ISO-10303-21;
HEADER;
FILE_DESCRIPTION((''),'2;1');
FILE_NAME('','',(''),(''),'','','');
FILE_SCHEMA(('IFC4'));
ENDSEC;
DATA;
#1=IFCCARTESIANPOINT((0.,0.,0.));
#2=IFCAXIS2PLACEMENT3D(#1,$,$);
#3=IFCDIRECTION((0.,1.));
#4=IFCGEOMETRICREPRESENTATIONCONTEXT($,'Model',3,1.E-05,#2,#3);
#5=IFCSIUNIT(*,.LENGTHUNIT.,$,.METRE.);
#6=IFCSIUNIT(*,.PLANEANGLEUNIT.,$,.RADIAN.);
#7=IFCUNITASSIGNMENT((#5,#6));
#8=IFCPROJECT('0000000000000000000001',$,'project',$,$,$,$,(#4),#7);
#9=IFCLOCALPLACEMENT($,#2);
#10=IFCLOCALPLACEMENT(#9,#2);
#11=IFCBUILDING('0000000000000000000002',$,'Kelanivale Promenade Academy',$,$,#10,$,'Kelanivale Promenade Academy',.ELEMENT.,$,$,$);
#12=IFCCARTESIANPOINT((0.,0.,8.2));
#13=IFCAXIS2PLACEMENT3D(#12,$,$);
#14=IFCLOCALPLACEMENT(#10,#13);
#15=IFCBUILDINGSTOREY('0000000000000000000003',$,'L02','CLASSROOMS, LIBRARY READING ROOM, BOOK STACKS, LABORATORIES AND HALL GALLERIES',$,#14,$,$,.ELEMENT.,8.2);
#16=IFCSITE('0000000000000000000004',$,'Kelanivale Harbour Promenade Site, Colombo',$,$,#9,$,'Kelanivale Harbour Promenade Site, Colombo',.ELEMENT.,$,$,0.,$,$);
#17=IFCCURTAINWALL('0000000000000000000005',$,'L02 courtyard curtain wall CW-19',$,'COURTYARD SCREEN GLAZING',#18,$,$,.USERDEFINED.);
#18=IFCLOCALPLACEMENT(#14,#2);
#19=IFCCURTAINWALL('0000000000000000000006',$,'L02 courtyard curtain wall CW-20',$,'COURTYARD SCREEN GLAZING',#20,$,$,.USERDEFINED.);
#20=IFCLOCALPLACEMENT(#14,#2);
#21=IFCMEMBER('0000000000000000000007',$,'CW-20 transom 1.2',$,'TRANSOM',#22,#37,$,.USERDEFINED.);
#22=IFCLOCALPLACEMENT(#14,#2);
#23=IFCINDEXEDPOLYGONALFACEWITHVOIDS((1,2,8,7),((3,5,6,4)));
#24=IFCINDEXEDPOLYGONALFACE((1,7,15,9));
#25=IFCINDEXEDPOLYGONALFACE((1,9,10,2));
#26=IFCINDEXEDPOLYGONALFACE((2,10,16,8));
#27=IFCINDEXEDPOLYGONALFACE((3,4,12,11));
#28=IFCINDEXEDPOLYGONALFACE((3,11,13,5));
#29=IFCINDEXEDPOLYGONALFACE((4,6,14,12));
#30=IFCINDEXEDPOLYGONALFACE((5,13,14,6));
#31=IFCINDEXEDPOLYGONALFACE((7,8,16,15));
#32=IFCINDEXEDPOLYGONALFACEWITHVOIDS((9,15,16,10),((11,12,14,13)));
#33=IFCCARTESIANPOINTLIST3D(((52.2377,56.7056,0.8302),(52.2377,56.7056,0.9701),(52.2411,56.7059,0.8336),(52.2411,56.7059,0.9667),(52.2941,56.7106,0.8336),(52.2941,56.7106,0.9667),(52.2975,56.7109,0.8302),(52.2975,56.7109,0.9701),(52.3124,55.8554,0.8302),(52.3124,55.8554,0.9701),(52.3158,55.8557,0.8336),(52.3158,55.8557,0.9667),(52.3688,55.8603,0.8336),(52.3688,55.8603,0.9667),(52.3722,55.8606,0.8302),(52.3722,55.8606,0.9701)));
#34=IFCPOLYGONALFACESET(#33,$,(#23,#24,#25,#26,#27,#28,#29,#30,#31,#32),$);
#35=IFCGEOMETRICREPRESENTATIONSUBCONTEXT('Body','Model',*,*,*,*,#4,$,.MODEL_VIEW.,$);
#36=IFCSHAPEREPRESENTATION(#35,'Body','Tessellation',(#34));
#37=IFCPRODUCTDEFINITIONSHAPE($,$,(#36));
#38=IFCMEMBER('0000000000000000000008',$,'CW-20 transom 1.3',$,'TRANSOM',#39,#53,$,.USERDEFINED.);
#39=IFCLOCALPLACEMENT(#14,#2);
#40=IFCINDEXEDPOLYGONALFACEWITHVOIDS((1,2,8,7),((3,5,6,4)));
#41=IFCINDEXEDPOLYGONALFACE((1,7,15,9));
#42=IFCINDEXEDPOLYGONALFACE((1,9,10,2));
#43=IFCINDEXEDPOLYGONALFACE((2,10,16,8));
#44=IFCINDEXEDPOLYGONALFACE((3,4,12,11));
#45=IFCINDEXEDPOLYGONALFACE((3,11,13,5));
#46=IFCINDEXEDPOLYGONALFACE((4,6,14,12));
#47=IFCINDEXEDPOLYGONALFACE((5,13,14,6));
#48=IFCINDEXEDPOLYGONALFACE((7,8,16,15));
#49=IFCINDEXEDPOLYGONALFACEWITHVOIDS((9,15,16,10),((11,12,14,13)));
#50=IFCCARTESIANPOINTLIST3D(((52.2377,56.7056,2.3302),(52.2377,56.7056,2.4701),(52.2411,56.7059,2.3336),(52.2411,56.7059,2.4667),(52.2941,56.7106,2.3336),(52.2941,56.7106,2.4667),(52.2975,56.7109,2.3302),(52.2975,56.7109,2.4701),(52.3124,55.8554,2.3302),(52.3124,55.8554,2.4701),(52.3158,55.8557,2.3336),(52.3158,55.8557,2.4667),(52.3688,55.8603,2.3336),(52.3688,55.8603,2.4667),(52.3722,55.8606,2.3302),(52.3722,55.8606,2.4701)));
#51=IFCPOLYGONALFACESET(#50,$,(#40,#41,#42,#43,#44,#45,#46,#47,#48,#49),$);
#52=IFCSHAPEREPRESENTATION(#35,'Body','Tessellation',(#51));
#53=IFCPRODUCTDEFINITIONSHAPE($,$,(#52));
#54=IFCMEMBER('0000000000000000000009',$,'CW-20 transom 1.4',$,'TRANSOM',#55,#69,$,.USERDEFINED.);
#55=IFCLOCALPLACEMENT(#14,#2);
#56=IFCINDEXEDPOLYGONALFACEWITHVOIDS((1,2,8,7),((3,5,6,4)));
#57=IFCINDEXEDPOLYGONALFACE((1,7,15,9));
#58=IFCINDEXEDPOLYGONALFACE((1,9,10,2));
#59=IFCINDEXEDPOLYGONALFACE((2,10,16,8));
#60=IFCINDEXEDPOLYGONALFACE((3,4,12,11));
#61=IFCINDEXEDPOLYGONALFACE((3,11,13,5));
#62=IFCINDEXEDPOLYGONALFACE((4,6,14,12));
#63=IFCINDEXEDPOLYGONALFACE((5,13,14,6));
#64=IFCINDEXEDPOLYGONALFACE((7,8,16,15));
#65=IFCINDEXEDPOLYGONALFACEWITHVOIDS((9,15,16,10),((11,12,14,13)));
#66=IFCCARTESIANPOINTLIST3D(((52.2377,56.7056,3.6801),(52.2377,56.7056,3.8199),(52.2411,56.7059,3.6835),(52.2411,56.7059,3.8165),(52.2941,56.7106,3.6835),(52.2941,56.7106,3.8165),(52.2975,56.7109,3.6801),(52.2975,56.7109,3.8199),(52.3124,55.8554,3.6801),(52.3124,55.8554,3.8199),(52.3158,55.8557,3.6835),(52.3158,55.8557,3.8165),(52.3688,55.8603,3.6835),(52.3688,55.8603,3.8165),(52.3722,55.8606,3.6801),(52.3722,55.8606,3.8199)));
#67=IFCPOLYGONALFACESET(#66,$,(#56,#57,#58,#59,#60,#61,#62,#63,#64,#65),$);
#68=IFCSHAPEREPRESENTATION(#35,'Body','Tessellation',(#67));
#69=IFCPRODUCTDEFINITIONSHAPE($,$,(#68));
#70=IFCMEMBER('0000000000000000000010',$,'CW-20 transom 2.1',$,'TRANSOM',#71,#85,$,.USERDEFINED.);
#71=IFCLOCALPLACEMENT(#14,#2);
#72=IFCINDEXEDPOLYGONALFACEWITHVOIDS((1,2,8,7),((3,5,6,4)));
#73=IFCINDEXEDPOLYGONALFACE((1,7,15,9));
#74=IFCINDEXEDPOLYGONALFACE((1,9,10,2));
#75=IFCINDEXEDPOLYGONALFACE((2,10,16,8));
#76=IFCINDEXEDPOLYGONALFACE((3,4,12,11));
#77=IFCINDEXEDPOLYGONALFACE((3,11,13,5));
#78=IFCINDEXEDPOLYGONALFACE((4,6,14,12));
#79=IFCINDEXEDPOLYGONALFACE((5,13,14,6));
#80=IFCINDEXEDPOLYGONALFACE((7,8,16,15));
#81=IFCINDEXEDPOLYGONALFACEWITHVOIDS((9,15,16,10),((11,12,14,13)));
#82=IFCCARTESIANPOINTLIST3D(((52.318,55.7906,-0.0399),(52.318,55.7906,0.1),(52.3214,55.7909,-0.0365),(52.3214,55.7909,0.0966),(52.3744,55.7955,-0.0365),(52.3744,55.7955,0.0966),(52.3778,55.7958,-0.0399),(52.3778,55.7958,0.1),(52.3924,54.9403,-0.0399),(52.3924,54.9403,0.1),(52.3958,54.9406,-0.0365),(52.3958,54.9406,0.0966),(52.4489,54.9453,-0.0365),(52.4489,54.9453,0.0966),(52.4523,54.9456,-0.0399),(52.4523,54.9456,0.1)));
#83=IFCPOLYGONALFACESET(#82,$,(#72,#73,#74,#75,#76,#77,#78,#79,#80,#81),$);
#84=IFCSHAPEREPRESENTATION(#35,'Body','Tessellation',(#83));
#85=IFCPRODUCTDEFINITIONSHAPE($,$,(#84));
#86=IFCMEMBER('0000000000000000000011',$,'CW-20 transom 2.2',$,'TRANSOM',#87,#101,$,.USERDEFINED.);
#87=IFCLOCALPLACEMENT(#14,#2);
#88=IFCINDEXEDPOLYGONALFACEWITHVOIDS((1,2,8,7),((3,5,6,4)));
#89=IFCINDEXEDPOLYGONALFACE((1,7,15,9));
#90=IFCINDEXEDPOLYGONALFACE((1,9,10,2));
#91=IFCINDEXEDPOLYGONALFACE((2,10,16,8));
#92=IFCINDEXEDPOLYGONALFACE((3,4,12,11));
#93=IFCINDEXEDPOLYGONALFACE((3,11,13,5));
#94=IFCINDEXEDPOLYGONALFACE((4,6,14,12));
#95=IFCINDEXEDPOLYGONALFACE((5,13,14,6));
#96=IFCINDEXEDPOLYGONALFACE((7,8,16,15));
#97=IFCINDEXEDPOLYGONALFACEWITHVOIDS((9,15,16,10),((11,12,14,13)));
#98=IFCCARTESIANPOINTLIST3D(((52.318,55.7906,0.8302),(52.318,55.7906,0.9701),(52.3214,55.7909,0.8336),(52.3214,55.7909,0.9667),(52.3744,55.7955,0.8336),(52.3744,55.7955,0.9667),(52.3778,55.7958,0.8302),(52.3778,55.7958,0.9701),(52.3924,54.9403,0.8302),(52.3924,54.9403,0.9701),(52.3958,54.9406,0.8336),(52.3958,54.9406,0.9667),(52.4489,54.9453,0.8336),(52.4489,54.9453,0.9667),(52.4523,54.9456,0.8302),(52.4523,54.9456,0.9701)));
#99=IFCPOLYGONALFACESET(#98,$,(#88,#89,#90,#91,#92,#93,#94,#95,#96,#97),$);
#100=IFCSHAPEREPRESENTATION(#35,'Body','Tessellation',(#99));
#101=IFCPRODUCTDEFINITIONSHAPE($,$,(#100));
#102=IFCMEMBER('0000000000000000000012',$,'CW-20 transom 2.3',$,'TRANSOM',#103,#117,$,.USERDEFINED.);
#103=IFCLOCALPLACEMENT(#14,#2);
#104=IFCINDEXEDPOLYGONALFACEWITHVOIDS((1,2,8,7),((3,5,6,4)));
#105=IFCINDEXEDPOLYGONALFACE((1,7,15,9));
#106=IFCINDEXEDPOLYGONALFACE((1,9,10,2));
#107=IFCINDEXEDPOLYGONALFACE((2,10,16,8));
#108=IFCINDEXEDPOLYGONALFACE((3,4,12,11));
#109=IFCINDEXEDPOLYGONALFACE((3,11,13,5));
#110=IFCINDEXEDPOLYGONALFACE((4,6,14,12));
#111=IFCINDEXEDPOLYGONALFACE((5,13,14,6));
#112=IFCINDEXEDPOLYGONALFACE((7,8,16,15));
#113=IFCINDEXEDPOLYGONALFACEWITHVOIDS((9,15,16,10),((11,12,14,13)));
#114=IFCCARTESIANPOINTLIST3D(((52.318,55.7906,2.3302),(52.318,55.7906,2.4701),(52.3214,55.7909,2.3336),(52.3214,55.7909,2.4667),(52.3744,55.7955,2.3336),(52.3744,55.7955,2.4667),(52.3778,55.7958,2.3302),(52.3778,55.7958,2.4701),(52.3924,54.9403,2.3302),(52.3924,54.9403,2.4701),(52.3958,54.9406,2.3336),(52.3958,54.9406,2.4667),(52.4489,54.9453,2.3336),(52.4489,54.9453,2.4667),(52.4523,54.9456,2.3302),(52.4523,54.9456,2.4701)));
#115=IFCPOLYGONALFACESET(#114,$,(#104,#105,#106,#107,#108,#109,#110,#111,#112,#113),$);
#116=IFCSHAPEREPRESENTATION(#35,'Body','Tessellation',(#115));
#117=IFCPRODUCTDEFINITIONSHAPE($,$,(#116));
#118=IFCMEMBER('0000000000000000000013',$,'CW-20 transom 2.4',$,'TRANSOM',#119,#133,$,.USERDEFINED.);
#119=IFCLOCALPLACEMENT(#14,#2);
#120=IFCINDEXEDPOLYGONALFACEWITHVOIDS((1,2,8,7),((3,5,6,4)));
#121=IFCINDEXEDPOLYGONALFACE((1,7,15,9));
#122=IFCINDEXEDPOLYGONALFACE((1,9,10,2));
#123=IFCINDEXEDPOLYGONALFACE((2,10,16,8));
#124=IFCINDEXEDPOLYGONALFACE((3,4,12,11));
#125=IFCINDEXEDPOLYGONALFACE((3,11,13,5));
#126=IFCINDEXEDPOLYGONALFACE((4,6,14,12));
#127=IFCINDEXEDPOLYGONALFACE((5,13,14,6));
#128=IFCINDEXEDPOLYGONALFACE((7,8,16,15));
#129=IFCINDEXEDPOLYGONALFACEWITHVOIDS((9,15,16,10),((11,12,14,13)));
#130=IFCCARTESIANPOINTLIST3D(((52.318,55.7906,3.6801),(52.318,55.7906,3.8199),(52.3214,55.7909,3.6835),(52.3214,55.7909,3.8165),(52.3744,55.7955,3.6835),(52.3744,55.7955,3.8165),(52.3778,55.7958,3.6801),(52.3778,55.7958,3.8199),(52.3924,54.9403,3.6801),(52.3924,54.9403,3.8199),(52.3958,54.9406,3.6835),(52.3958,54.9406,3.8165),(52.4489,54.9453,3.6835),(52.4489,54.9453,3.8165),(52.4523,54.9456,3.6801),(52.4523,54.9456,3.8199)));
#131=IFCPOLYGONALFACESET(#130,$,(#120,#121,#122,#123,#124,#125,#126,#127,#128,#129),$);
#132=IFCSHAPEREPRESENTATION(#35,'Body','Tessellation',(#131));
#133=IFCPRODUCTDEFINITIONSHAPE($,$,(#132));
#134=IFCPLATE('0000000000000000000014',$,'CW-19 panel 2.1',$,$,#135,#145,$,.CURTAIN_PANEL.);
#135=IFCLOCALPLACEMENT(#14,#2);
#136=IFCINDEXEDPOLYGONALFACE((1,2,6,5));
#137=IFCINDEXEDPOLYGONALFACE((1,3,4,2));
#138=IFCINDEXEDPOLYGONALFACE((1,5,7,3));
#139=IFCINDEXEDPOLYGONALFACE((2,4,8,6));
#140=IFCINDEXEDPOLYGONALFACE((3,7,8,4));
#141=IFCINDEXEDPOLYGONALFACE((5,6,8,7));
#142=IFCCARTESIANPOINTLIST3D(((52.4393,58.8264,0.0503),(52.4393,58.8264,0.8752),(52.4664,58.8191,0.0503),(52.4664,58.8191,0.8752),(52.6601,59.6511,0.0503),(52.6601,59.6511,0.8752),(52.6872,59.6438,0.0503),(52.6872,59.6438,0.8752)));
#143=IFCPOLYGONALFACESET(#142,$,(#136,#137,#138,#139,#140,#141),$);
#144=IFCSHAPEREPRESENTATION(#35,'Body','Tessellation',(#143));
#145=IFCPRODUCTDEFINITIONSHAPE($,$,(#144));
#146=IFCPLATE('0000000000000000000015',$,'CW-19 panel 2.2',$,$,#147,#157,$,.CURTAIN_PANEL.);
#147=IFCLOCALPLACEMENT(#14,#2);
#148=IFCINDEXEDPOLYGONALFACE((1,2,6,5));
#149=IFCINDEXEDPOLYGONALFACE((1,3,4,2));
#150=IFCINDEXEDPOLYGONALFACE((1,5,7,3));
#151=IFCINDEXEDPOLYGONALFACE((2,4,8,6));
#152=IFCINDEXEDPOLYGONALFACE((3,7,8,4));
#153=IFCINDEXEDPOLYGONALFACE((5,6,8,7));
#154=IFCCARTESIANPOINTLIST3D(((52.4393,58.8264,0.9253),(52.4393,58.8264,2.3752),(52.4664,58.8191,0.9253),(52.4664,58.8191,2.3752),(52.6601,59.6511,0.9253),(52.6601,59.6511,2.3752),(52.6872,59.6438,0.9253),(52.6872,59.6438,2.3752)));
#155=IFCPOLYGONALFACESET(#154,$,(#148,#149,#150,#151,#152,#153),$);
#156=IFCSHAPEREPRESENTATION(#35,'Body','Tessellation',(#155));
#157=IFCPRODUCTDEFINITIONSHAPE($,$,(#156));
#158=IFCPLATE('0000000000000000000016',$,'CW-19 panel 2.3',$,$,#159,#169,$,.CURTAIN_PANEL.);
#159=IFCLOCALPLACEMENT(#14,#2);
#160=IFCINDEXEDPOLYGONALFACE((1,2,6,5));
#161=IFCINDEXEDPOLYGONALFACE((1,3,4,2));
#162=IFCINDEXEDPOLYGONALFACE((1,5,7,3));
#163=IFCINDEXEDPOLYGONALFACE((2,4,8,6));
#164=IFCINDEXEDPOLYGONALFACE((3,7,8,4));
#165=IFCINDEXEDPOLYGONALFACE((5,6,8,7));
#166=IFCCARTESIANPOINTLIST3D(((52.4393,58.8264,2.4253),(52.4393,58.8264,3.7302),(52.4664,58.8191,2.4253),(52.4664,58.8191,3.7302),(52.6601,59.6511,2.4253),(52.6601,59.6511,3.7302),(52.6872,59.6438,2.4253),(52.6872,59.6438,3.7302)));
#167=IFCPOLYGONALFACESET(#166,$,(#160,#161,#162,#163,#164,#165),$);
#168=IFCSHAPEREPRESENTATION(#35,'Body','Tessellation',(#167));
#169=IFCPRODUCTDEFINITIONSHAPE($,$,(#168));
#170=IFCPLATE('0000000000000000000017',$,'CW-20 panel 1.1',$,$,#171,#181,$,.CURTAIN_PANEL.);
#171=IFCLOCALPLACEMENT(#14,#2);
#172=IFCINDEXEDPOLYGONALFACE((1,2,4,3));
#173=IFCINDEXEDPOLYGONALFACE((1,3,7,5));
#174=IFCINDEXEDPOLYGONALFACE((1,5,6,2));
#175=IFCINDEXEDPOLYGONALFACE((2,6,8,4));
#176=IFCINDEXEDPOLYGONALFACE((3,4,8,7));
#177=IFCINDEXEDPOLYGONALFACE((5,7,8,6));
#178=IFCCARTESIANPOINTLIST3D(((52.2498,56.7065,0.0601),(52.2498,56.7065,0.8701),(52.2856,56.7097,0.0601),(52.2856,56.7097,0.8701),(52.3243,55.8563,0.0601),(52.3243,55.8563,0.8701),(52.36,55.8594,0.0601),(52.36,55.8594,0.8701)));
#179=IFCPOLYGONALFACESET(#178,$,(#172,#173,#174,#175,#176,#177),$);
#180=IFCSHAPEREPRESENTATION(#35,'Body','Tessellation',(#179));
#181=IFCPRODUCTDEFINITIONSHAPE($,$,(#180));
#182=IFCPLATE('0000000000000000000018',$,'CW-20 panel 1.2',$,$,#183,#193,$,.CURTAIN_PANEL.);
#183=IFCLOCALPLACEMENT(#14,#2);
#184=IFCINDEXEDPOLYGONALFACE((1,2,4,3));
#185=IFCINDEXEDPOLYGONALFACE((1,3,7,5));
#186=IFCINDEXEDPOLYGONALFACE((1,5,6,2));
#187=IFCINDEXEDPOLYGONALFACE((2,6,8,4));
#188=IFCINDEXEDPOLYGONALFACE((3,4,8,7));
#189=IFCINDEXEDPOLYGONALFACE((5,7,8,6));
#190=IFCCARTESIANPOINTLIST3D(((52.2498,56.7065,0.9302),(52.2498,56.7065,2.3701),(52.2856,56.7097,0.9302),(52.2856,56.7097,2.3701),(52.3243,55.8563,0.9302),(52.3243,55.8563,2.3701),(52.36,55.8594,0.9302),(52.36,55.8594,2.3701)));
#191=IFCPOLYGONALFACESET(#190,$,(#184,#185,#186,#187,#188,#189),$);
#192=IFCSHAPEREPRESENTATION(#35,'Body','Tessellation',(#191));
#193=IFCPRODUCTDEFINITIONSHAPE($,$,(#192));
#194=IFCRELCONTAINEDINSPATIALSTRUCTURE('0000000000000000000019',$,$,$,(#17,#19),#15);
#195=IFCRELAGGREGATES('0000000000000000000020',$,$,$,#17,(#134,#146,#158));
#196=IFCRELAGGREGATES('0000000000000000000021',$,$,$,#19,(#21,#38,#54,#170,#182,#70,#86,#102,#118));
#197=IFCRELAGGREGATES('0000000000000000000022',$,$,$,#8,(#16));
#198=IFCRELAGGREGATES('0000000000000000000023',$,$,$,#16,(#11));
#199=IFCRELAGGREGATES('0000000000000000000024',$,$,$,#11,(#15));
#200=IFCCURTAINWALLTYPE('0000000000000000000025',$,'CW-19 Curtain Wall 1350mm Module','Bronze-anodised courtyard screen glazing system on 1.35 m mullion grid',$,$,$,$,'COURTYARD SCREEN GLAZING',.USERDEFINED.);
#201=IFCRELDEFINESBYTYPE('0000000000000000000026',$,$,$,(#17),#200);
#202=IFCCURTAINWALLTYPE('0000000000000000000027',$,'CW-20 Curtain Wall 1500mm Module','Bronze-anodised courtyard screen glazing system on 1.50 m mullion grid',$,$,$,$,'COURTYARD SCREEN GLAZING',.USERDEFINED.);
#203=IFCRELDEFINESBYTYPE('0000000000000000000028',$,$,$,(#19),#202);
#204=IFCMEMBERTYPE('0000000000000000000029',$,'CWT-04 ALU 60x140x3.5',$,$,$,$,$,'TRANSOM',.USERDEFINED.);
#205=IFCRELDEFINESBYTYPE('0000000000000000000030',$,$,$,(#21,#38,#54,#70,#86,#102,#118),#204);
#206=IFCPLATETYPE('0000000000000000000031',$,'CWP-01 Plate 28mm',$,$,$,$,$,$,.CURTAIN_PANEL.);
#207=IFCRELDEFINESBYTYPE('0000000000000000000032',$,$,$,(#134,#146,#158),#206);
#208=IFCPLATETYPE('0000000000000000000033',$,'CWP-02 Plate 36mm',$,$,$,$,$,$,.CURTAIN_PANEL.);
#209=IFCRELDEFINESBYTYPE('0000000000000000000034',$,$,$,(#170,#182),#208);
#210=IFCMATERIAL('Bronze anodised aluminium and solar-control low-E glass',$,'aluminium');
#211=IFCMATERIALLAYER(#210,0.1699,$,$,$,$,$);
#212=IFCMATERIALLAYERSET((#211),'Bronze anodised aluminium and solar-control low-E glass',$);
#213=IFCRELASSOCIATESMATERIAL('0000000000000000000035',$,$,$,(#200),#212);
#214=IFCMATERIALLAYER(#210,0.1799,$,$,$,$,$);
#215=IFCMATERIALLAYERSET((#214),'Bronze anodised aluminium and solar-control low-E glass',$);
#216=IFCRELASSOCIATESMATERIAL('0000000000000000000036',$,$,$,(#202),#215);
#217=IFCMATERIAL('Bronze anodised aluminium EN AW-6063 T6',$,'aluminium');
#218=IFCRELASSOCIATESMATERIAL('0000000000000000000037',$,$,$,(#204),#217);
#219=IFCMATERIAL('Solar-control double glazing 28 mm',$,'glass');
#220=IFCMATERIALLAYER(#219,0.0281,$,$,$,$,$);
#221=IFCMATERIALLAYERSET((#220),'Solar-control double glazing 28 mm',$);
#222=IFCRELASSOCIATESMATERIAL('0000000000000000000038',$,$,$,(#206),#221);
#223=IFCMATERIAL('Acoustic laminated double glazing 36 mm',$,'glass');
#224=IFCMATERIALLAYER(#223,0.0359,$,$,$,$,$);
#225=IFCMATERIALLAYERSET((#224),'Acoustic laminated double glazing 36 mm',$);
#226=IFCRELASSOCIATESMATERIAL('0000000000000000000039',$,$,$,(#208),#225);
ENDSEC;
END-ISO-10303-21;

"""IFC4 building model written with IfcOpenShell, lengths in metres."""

from ifc_helpers import new_model, si_unit, direction, frame, origin, origin_2d, place, context, subcontext, project, spatial, rectangle, hollow_rectangle, extrude, material, layer, layer_set, material_profile, profile_set, type_object, element, aggregate, save


model = new_model("IFC4")

# Units and contexts
model_context = context("Model", 3, precision=1e-05, world=origin(), true_north=direction((0.0, 1.0)))
body_context = subcontext(model_context, "Body", "Model", "MODEL_VIEW")
ifc_project = project(units=[si_unit("LENGTHUNIT", "METRE"), si_unit("PLANEANGLEUNIT", "RADIAN")], contexts=[model_context])

# Site, building, storey
site_placement = place(None, origin())
site = spatial("IfcSite", under=ifc_project, at=site_placement, Name="Kelanivale Harbour Promenade Site, Colombo", LongName="Kelanivale Harbour Promenade Site, Colombo", CompositionType="ELEMENT", RefElevation=0.0)
building_placement = place(site_placement, origin())
building = spatial("IfcBuilding", under=site, at=building_placement, Name="Kelanivale Promenade Academy", LongName="Kelanivale Promenade Academy", CompositionType="ELEMENT")
storey_placement = place(building_placement, frame((0.0, 0.0, 8.2)))
storey = spatial("IfcBuildingStorey", under=building, at=storey_placement, Name="L02", Description="CLASSROOMS, LIBRARY READING ROOM, BOOK STACKS, LABORATORIES AND HALL GALLERIES", CompositionType="ELEMENT", Elevation=8.2)

# Curtain walls
ifc_material_1 = material(Name="Bronze anodised aluminium and solar-control low-E glass", Category="aluminium")
ifc_layer_1 = layer(ifc_material_1, 0.1699)
ifc_layer_set_1 = layer_set([ifc_layer_1], Name="Bronze anodised aluminium and solar-control low-E glass")
curtain_wall_type_1 = type_object("IfcCurtainWallType", Name="CW-19 Curtain Wall 1350mm Module", Description="Bronze-anodised courtyard screen glazing system on 1.35 m mullion grid", ElementType="COURTYARD SCREEN GLAZING", PredefinedType="USERDEFINED", material=ifc_layer_set_1)
curtain_wall_1_placement = place(storey_placement, origin())
curtain_wall_1 = element("IfcCurtainWall", 1, at=curtain_wall_1_placement, inside=storey, type_object=curtain_wall_type_1, Name="L02 courtyard curtain wall CW-19", ObjectType="COURTYARD SCREEN GLAZING", PredefinedType="USERDEFINED")
ifc_material_2 = material(Name="Bronze anodised aluminium EN AW-6063 T6", Category="aluminium")
ifc_layer_2 = layer(ifc_material_1, 0.1799)
ifc_layer_set_2 = layer_set([ifc_layer_2], Name="Bronze anodised aluminium and solar-control low-E glass")
curtain_wall_type_2 = type_object("IfcCurtainWallType", Name="CW-20 Curtain Wall 1500mm Module", Description="Bronze-anodised courtyard screen glazing system on 1.50 m mullion grid", ElementType="COURTYARD SCREEN GLAZING", PredefinedType="USERDEFINED", material=ifc_layer_set_2)
curtain_wall_2_placement = place(storey_placement, origin())
curtain_wall_2 = element("IfcCurtainWall", 2, at=curtain_wall_2_placement, inside=storey, type_object=curtain_wall_type_2, Name="L02 courtyard curtain wall CW-20", ObjectType="COURTYARD SCREEN GLAZING", PredefinedType="USERDEFINED")

# Members
ifc_material_profile_1 = material_profile(ifc_material_2, hollow_rectangle(XDim=0.0601, YDim=0.1399, WallThickness=0.0034, at=origin_2d()), Name="ALU 60x140x3.5")
ifc_profile_set_1 = profile_set([ifc_material_profile_1], Name="Bronze anodised aluminium EN AW-6063 T6")
member_type_1 = type_object("IfcMemberType", Name="CWT-04 ALU 60x140x3.5", ElementType="TRANSOM", PredefinedType="USERDEFINED", material=ifc_profile_set_1)
member_1_placement = place(storey_placement, frame((52.2676, 56.7083, 0.9001), z_axis=(0.087518, -0.996163, 0.0), x_axis=(0.996163, 0.087518, 0.0)))
member_1 = element("IfcMember", 3, at=member_1_placement, type_object=member_type_1, Name="CW-20 transom 1.2", ObjectType="TRANSOM", PredefinedType="USERDEFINED", context=body_context, shape_type="SweptSolid", body=[
    extrude(hollow_rectangle(XDim=0.0601, YDim=0.1399, WallThickness=0.0034, at=origin_2d()), origin(), (0.0, 0.0, 1.0), 0.8535),
])
member_2_placement = place(storey_placement, frame((52.2676, 56.7083, 2.4001), z_axis=(0.087518, -0.996163, 0.0), x_axis=(0.996163, 0.087518, 0.0)))
member_2 = element("IfcMember", 4, at=member_2_placement, type_object=member_type_1, Name="CW-20 transom 1.3", ObjectType="TRANSOM", PredefinedType="USERDEFINED", context=body_context, shape_type="SweptSolid", body=[
    extrude(hollow_rectangle(XDim=0.0601, YDim=0.1399, WallThickness=0.0034, at=origin_2d()), origin(), (0.0, 0.0, 1.0), 0.8535),
])
member_3_placement = place(storey_placement, frame((52.2676, 56.7083, 3.75), z_axis=(0.087518, -0.996163, 0.0), x_axis=(0.996163, 0.087518, 0.0)))
member_3 = element("IfcMember", 5, at=member_3_placement, type_object=member_type_1, Name="CW-20 transom 1.4", ObjectType="TRANSOM", PredefinedType="USERDEFINED", context=body_context, shape_type="SweptSolid", body=[
    extrude(hollow_rectangle(XDim=0.0601, YDim=0.1399, WallThickness=0.0034, at=origin_2d()), origin(), (0.0, 0.0, 1.0), 0.8535),
])
member_4_placement = place(storey_placement, frame((52.3479, 55.7932, 0.03), z_axis=(0.087234, -0.996188, 0.0), x_axis=(0.996188, 0.087234, 0.0)))
member_4 = element("IfcMember", 6, at=member_4_placement, type_object=member_type_1, Name="CW-20 transom 2.1", ObjectType="TRANSOM", PredefinedType="USERDEFINED", context=body_context, shape_type="SweptSolid", body=[
    extrude(hollow_rectangle(XDim=0.0601, YDim=0.1399, WallThickness=0.0034, at=origin_2d()), origin(), (0.0, 0.0, 1.0), 0.8535),
])
member_5_placement = place(storey_placement, frame((52.3479, 55.7932, 0.9001), z_axis=(0.087234, -0.996188, 0.0), x_axis=(0.996188, 0.087234, 0.0)))
member_5 = element("IfcMember", 7, at=member_5_placement, type_object=member_type_1, Name="CW-20 transom 2.2", ObjectType="TRANSOM", PredefinedType="USERDEFINED", context=body_context, shape_type="SweptSolid", body=[
    extrude(hollow_rectangle(XDim=0.0601, YDim=0.1399, WallThickness=0.0034, at=origin_2d()), origin(), (0.0, 0.0, 1.0), 0.8535),
])
member_6_placement = place(storey_placement, frame((52.3479, 55.7932, 2.4001), z_axis=(0.087234, -0.996188, 0.0), x_axis=(0.996188, 0.087234, 0.0)))
member_6 = element("IfcMember", 8, at=member_6_placement, type_object=member_type_1, Name="CW-20 transom 2.3", ObjectType="TRANSOM", PredefinedType="USERDEFINED", context=body_context, shape_type="SweptSolid", body=[
    extrude(hollow_rectangle(XDim=0.0601, YDim=0.1399, WallThickness=0.0034, at=origin_2d()), origin(), (0.0, 0.0, 1.0), 0.8535),
])
member_7_placement = place(storey_placement, frame((52.3479, 55.7932, 3.75), z_axis=(0.087234, -0.996188, 0.0), x_axis=(0.996188, 0.087234, 0.0)))
member_7 = element("IfcMember", 9, at=member_7_placement, type_object=member_type_1, Name="CW-20 transom 2.4", ObjectType="TRANSOM", PredefinedType="USERDEFINED", context=body_context, shape_type="SweptSolid", body=[
    extrude(hollow_rectangle(XDim=0.0601, YDim=0.1399, WallThickness=0.0034, at=origin_2d()), origin(), (0.0, 0.0, 1.0), 0.8535),
])

# Plates
ifc_material_3 = material(Name="Solar-control double glazing 28 mm", Category="glass")
ifc_layer_3 = layer(ifc_material_3, 0.0281)
ifc_layer_set_3 = layer_set([ifc_layer_3], Name="Solar-control double glazing 28 mm")
plate_type_1 = type_object("IfcPlateType", Name="CWP-01 Plate 28mm", PredefinedType="CURTAIN_PANEL", material=ifc_layer_set_3)
plate_1_placement = place(storey_placement, frame((52.5632, 59.2351, 0.0503), z_axis=(0.0, 0.0, 1.0), x_axis=(-0.258578, -0.96599, 0.0)))
plate_1 = element("IfcPlate", 10, at=plate_1_placement, type_object=plate_type_1, Name="CW-19 panel 2.1", PredefinedType="CURTAIN_PANEL", context=body_context, shape_type="SweptSolid", body=[
    extrude(rectangle(XDim=0.8538, YDim=0.0281, at=origin_2d()), origin(), (0.0, 0.0, 1.0), 0.825),
])
plate_2_placement = place(storey_placement, frame((52.5632, 59.2351, 0.9253), z_axis=(0.0, 0.0, 1.0), x_axis=(-0.258578, -0.96599, 0.0)))
plate_2 = element("IfcPlate", 11, at=plate_2_placement, type_object=plate_type_1, Name="CW-19 panel 2.2", PredefinedType="CURTAIN_PANEL", context=body_context, shape_type="SweptSolid", body=[
    extrude(rectangle(XDim=0.8538, YDim=0.0281, at=origin_2d()), origin(), (0.0, 0.0, 1.0), 1.45),
])
plate_3_placement = place(storey_placement, frame((52.5632, 59.2351, 2.4253), z_axis=(0.0, 0.0, 1.0), x_axis=(-0.258578, -0.96599, 0.0)))
plate_3 = element("IfcPlate", 12, at=plate_3_placement, type_object=plate_type_1, Name="CW-19 panel 2.3", PredefinedType="CURTAIN_PANEL", context=body_context, shape_type="SweptSolid", body=[
    extrude(rectangle(XDim=0.8538, YDim=0.0281, at=origin_2d()), origin(), (0.0, 0.0, 1.0), 1.3049),
])
aggregate(curtain_wall_1, [plate_1, plate_2, plate_3])
ifc_material_4 = material(Name="Acoustic laminated double glazing 36 mm", Category="glass")
ifc_layer_4 = layer(ifc_material_4, 0.0359)
ifc_layer_set_4 = layer_set([ifc_layer_4], Name="Acoustic laminated double glazing 36 mm")
plate_type_2 = type_object("IfcPlateType", Name="CWP-02 Plate 36mm", PredefinedType="CURTAIN_PANEL", material=ifc_layer_set_4)
plate_4_placement = place(storey_placement, frame((52.3049, 56.283, 0.0601), z_axis=(0.0, 0.0, 1.0), x_axis=(0.087265, -0.996185, 0.0)))
plate_4 = element("IfcPlate", 13, at=plate_4_placement, type_object=plate_type_2, Name="CW-20 panel 1.1", PredefinedType="CURTAIN_PANEL", context=body_context, shape_type="SweptSolid", body=[
    extrude(rectangle(XDim=0.8535, YDim=0.0359, at=origin_2d()), origin(), (0.0, 0.0, 1.0), 0.8101),
])
plate_5_placement = place(storey_placement, frame((52.3049, 56.283, 0.9302), z_axis=(0.0, 0.0, 1.0), x_axis=(0.087265, -0.996185, 0.0)))
plate_5 = element("IfcPlate", 14, at=plate_5_placement, type_object=plate_type_2, Name="CW-20 panel 1.2", PredefinedType="CURTAIN_PANEL", context=body_context, shape_type="SweptSolid", body=[
    extrude(rectangle(XDim=0.8535, YDim=0.0359, at=origin_2d()), origin(), (0.0, 0.0, 1.0), 1.4399),
])
aggregate(curtain_wall_2, [member_1, member_2, member_3, plate_4, plate_5, member_4, member_5, member_6, member_7])

save(model, "model.ifc")
